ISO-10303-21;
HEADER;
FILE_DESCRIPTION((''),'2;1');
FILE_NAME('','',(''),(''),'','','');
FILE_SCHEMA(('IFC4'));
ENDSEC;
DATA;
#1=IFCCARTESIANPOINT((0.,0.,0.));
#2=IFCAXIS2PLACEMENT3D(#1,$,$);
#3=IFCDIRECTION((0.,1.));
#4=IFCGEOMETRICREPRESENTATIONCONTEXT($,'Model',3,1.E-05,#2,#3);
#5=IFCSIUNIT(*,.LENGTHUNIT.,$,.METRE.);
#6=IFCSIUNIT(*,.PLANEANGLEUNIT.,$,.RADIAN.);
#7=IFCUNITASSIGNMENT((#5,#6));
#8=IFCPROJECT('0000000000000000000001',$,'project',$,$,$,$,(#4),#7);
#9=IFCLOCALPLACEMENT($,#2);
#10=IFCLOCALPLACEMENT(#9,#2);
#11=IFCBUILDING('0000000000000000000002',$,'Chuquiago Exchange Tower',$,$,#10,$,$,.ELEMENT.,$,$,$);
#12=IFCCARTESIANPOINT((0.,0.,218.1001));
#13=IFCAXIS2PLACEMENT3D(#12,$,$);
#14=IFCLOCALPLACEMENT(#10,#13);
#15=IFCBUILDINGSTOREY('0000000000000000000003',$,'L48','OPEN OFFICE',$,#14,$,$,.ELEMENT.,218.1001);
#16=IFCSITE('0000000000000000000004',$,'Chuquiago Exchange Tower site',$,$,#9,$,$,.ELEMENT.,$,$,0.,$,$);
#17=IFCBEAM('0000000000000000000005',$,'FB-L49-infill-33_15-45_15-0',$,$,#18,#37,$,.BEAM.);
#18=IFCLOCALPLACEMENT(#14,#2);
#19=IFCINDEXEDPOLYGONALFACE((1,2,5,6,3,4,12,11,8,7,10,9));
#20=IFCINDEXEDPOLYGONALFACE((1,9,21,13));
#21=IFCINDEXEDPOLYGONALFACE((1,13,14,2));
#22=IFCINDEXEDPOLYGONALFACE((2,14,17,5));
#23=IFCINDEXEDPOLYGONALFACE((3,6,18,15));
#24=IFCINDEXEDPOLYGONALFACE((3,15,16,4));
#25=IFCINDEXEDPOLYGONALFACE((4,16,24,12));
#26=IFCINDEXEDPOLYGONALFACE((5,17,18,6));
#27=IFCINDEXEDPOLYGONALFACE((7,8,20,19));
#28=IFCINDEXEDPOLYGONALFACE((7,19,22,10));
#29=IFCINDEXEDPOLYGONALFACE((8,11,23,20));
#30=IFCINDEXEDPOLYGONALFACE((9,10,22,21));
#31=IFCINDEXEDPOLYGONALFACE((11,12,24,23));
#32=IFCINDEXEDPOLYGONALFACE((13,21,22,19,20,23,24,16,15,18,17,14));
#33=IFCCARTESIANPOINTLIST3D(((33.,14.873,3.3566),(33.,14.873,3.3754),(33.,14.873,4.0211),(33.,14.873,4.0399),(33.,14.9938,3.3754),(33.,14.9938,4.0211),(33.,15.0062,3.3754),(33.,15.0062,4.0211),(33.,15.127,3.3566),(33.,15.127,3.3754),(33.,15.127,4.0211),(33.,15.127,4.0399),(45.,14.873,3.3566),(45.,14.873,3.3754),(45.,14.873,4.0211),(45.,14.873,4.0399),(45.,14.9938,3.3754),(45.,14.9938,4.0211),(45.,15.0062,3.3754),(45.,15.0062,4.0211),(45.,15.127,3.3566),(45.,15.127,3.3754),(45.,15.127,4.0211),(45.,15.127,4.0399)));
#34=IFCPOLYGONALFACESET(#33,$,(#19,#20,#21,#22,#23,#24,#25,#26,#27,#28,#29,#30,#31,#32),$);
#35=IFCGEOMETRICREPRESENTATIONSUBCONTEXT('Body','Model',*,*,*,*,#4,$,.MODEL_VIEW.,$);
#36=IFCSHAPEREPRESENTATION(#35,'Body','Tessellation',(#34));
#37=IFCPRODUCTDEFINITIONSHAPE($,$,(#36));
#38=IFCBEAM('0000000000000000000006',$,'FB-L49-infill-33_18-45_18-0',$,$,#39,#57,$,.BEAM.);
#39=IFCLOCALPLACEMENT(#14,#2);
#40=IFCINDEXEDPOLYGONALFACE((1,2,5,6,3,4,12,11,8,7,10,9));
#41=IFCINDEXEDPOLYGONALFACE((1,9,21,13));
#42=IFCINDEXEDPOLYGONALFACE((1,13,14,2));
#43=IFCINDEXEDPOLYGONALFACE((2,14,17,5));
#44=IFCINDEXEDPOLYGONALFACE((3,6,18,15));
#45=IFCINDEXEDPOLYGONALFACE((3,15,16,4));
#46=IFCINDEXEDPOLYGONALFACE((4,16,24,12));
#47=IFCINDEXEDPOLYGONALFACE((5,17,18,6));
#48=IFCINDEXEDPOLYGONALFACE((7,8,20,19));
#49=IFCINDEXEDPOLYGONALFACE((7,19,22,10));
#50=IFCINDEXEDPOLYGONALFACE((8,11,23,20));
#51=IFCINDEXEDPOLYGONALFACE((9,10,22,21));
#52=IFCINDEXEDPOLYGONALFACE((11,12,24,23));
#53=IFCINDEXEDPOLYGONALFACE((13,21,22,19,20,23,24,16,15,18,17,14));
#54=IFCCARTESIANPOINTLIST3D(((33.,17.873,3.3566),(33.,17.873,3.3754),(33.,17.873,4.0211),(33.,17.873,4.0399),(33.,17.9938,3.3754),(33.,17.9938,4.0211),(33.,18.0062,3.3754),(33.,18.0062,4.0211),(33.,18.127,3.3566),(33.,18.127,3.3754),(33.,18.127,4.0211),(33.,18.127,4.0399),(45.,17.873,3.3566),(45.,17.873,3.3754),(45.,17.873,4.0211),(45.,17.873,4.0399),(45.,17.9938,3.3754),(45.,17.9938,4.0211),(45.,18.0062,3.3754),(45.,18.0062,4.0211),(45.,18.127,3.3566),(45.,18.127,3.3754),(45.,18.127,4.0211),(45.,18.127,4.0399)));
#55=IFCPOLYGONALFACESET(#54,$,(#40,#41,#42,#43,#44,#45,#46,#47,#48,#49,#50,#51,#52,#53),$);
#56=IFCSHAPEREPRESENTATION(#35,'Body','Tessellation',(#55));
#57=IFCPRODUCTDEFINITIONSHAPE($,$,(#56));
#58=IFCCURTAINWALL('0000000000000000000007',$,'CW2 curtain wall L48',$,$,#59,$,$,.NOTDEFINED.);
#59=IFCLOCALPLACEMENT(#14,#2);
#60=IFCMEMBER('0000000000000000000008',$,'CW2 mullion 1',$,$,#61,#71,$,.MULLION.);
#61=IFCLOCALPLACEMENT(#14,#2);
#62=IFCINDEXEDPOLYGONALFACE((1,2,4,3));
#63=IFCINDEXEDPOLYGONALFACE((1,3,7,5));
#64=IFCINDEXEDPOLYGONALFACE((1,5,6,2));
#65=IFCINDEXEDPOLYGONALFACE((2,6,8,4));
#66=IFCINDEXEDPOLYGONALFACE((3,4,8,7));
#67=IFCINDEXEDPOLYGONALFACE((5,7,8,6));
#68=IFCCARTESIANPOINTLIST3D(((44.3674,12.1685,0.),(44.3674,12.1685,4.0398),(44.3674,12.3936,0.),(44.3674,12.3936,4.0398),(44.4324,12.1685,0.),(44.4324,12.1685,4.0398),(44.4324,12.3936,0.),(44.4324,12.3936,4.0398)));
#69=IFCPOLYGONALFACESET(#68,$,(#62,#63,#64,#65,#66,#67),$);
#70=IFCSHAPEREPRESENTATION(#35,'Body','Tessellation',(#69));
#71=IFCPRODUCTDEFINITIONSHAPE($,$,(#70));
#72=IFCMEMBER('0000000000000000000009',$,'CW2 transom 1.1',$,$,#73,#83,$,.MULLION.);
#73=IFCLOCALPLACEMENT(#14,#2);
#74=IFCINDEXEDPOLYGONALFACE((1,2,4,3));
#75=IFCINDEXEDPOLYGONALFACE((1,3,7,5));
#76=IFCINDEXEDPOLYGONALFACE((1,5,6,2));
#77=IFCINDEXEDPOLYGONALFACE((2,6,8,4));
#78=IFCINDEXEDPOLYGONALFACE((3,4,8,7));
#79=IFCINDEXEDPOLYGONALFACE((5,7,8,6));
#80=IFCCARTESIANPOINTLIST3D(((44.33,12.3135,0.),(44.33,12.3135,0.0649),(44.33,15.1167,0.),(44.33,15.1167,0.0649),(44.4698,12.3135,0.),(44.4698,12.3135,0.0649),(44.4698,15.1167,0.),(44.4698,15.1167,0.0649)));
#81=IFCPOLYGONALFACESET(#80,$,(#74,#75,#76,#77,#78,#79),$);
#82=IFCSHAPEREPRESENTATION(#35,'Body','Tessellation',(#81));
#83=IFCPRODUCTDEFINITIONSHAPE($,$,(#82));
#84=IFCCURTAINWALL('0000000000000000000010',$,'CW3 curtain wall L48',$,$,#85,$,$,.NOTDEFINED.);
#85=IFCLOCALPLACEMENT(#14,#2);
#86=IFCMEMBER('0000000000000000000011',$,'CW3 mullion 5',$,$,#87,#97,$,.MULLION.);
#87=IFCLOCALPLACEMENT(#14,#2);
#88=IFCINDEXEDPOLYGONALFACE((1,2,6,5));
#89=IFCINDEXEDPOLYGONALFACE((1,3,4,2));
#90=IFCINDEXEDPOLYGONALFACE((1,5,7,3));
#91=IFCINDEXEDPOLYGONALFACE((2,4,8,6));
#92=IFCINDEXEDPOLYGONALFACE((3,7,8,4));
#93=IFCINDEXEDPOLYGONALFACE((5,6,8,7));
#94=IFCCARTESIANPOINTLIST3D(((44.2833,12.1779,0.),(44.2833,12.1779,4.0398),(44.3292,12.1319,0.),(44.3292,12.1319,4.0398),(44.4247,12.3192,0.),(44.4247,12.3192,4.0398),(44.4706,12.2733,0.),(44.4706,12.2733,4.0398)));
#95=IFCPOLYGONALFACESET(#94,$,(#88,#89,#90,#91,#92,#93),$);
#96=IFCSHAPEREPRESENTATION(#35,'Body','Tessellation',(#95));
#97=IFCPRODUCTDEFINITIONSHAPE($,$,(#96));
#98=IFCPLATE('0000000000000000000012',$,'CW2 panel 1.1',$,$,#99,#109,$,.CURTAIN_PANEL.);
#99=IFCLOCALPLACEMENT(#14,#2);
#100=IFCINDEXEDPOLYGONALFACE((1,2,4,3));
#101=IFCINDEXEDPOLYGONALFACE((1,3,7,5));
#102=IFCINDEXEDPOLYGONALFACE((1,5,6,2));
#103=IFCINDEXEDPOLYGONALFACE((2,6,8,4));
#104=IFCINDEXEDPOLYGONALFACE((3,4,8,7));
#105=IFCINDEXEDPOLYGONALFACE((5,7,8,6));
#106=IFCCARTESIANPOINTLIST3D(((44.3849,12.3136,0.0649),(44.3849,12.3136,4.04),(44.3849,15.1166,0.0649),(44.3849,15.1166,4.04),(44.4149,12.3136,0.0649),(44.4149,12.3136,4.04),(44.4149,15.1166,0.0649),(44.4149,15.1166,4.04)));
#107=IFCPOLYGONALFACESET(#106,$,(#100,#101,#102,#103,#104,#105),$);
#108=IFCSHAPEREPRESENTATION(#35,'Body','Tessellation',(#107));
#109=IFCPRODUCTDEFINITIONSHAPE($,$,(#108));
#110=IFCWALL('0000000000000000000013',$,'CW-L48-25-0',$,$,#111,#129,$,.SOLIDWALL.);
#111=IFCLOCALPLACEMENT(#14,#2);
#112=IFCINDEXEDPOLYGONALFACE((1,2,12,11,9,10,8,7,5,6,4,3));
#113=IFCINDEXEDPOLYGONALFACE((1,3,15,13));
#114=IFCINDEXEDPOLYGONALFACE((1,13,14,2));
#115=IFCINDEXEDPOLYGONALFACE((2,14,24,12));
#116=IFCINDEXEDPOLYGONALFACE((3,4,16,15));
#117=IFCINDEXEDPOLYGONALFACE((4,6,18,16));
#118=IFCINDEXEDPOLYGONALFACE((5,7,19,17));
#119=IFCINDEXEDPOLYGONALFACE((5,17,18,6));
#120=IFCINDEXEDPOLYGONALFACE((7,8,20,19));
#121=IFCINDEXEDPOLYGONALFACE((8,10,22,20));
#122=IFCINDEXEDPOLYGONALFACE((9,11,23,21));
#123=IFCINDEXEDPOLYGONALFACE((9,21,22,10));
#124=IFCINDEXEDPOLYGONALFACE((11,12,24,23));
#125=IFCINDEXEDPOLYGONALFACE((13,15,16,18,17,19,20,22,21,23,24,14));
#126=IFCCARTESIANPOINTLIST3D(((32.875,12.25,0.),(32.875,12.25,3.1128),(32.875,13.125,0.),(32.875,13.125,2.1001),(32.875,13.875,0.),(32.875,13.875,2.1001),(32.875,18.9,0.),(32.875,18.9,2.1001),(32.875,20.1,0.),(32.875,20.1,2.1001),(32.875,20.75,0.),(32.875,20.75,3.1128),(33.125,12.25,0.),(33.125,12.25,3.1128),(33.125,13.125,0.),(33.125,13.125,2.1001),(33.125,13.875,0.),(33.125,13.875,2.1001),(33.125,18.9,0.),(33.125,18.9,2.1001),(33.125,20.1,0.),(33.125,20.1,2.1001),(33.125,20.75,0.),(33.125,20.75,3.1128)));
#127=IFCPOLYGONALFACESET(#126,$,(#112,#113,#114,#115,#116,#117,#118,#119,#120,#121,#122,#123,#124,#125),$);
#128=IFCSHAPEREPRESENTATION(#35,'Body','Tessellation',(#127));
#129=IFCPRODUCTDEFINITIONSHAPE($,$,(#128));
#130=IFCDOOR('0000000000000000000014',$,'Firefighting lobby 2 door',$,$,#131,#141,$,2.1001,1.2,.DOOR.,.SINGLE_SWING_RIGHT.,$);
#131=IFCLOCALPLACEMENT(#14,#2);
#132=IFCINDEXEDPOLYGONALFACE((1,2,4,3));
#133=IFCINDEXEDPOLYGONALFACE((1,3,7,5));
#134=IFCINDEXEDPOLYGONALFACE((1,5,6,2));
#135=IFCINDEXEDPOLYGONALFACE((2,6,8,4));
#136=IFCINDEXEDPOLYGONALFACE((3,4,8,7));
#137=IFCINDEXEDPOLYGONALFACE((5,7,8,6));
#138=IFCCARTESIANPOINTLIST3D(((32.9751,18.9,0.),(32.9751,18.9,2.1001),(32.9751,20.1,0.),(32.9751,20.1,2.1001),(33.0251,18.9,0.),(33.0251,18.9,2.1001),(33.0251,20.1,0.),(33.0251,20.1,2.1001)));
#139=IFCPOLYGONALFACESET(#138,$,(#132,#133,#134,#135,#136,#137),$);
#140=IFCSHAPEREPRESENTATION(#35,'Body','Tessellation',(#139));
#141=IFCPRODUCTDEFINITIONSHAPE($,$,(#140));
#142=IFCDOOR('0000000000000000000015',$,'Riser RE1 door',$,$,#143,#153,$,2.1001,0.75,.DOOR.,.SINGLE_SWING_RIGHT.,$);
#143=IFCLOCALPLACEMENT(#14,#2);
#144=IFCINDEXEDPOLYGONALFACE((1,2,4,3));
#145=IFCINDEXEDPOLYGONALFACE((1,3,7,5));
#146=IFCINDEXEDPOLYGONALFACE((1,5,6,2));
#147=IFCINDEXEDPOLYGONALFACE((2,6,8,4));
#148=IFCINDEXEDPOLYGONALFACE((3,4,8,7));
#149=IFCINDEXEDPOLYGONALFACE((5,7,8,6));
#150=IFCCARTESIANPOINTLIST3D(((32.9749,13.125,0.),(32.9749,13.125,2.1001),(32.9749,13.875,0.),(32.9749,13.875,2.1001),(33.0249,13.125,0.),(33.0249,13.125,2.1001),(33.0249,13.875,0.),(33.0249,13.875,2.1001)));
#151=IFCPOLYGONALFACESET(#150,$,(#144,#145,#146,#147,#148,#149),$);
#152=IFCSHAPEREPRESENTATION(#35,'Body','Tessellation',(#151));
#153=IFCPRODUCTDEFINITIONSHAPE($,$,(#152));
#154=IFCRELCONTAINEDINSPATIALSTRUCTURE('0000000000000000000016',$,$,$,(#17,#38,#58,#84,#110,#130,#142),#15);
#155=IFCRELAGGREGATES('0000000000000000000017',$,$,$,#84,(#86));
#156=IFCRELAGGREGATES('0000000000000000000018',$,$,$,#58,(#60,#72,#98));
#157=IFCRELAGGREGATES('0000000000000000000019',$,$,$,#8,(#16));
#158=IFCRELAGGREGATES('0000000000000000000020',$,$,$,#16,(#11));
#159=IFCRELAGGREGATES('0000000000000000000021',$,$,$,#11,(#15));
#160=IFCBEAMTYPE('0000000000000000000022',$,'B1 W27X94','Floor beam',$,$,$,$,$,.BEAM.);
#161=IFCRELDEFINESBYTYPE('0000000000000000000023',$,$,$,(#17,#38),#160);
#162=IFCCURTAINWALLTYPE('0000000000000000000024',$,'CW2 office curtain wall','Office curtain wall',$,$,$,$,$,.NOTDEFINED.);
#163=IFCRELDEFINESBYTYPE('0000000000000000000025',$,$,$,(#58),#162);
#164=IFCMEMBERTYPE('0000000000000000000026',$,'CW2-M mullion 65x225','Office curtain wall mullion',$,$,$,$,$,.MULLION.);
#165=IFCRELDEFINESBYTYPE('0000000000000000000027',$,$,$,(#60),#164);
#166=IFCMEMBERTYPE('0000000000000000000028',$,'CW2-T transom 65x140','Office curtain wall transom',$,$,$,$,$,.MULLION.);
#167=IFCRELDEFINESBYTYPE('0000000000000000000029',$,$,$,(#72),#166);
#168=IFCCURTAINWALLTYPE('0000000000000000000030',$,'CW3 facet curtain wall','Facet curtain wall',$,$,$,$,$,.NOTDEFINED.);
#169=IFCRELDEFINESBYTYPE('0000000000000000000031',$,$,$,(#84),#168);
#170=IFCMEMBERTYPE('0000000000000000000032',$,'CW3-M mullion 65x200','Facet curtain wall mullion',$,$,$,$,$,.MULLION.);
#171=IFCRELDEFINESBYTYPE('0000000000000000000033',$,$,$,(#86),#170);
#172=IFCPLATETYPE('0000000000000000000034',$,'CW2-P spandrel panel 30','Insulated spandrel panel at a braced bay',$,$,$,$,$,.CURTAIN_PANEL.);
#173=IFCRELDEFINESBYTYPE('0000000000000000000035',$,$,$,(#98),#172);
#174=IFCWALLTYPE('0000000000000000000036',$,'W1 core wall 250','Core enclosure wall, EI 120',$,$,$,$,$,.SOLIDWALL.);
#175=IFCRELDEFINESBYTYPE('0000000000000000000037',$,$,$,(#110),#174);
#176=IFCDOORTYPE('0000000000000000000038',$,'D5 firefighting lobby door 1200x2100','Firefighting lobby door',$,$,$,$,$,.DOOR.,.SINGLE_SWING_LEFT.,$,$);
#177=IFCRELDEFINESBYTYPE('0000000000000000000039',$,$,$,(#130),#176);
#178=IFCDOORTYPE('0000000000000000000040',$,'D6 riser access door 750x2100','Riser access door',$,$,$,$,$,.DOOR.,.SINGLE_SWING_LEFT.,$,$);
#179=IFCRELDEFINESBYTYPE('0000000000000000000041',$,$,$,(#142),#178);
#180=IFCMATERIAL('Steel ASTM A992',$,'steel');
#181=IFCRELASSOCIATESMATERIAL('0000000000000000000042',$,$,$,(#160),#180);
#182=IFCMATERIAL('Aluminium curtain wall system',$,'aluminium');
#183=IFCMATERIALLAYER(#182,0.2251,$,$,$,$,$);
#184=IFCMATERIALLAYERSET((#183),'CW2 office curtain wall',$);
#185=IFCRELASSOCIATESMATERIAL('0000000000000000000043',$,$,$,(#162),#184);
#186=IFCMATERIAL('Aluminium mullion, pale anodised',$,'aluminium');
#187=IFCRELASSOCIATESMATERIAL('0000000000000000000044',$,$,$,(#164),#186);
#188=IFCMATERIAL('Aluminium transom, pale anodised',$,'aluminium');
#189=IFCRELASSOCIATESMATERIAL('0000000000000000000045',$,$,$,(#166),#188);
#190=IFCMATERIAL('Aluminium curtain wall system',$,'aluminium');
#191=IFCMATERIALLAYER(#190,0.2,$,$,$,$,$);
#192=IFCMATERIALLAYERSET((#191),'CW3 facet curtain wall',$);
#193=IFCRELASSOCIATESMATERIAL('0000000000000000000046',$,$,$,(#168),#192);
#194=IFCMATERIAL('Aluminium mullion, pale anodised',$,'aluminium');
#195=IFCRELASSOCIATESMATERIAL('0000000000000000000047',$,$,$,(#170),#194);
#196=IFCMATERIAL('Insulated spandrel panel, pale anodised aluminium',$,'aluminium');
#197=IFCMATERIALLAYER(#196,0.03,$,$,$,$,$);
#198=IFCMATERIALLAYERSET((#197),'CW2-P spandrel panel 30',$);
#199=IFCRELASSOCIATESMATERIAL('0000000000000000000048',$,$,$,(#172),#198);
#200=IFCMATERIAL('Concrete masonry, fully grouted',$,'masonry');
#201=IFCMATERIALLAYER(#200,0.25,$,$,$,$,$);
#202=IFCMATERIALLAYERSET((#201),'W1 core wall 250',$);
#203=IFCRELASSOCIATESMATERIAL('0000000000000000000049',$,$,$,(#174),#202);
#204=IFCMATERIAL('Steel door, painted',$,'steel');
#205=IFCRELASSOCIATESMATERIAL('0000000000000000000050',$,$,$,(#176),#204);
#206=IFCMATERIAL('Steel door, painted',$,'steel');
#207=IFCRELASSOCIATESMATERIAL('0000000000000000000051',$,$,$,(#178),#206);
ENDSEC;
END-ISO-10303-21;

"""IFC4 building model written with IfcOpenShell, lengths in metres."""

from ifc_helpers import new_model, si_unit, direction, frame, frame_2d, origin, origin_2d, place, context, subcontext, project, spatial, rectangle, i_section, extrude, material, layer, layer_set, material_profile, profile_set, type_object, element, fill, aggregate, save


model = new_model("IFC4")

# Units and contexts
model_context = context("Model", 3, precision=1e-05, world=origin(), true_north=direction((0.0, 1.0)))
body_context = subcontext(model_context, "Body", "Model", "MODEL_VIEW")
ifc_project = project(units=[si_unit("LENGTHUNIT", "METRE"), si_unit("PLANEANGLEUNIT", "RADIAN")], contexts=[model_context])

# Site, building, storey
site_placement = place(None, origin())
site = spatial("IfcSite", under=ifc_project, at=site_placement, Name="Chuquiago Exchange Tower site", CompositionType="ELEMENT", RefElevation=0.0)
building_placement = place(site_placement, origin())
building = spatial("IfcBuilding", under=site, at=building_placement, Name="Chuquiago Exchange Tower", CompositionType="ELEMENT")
storey_placement = place(building_placement, frame((0.0, 0.0, 218.1001)))
storey = spatial("IfcBuildingStorey", under=building, at=storey_placement, Name="L48", Description="OPEN OFFICE", CompositionType="ELEMENT", Elevation=218.1001)

# Beams
ifc_material_1 = material(Name="Steel ASTM A992", Category="steel")
ifc_material_profile_1 = material_profile(ifc_material_1, i_section(OverallWidth=0.2539, OverallDepth=0.6833, WebThickness=0.0125, FlangeThickness=0.0188, at=origin_2d()), Name="W27X94")
ifc_profile_set_1 = profile_set([ifc_material_profile_1], Name="Steel ASTM A992")
beam_type = type_object("IfcBeamType", Name="B1 W27X94", Description="Floor beam", PredefinedType="BEAM", material=ifc_profile_set_1)
for number, where, z_axis, x_axis, name in (
    (1, (33.0, 15.0, 3.6982), (1.0, 0.0, 0.0), (0.0, 1.0, 0.0), "FB-L49-infill-33_15-45_15-0"),
    (2, (33.0, 18.0, 3.6982), (1.0, 0.0, 0.0), (0.0, 1.0, 0.0), "FB-L49-infill-33_18-45_18-0"),
):
    element("IfcBeam", number, at=place(storey_placement, frame(where, z_axis=z_axis, x_axis=x_axis)), inside=storey, type_object=beam_type, Name=name, PredefinedType="BEAM", context=body_context, shape_type="SweptSolid", body=[
        extrude(i_section(OverallWidth=0.2539, OverallDepth=0.6833, WebThickness=0.0125, FlangeThickness=0.0188, at=origin_2d()), origin(), (0.0, 0.0, 1.0), 12.0),
    ])

# Curtain wall, members
ifc_material_2 = material(Name="Aluminium curtain wall system", Category="aluminium")
ifc_layer_1 = layer(ifc_material_2, 0.2251)
ifc_layer_set_1 = layer_set([ifc_layer_1], Name="CW2 office curtain wall")
curtain_wall_type_1 = type_object("IfcCurtainWallType", Name="CW2 office curtain wall", Description="Office curtain wall", PredefinedType="NOTDEFINED", material=ifc_layer_set_1)
curtain_wall_1_placement = place(storey_placement, origin())
curtain_wall_1 = element("IfcCurtainWall", 3, at=curtain_wall_1_placement, inside=storey, type_object=curtain_wall_type_1, Name="CW2 curtain wall L48", PredefinedType="NOTDEFINED")
ifc_material_3 = material(Name="Aluminium mullion, pale anodised", Category="aluminium")
ifc_material_profile_2 = material_profile(ifc_material_3, rectangle(XDim=0.0649, YDim=0.2251, at=origin_2d()), Name="AL 65x225")
ifc_profile_set_2 = profile_set([ifc_material_profile_2], Name="Aluminium mullion, pale anodised")
member_type_1 = type_object("IfcMemberType", Name="CW2-M mullion 65x225", Description="Office curtain wall mullion", PredefinedType="MULLION", material=ifc_profile_set_2)
member_1_placement = place(storey_placement, frame((44.3999, 12.281, 0.0), z_axis=(0.0, 0.0, 1.0), x_axis=(-1.0, 0.0, 0.0)))
member_1 = element("IfcMember", 4, at=member_1_placement, type_object=member_type_1, Name="CW2 mullion 1", PredefinedType="MULLION", context=body_context, shape_type="SweptSolid", body=[
    extrude(rectangle(XDim=0.0649, YDim=0.2251, at=origin_2d()), origin(), (0.0, 0.0, 1.0), 4.0398),
])
ifc_material_4 = material(Name="Aluminium transom, pale anodised", Category="aluminium")
ifc_material_profile_3 = material_profile(ifc_material_4, rectangle(XDim=0.1399, YDim=0.0649, at=origin_2d()), Name="AL 140x65")
ifc_profile_set_3 = profile_set([ifc_material_profile_3], Name="Aluminium transom, pale anodised")
member_type_2 = type_object("IfcMemberType", Name="CW2-T transom 65x140", Description="Office curtain wall transom", PredefinedType="MULLION", material=ifc_profile_set_3)
member_2_placement = place(storey_placement, frame((44.3999, 12.3135, 0.0325), z_axis=(0.0, 1.0, 0.0), x_axis=(-1.0, 0.0, 0.0)))
member_2 = element("IfcMember", 5, at=member_2_placement, type_object=member_type_2, Name="CW2 transom 1.1", PredefinedType="MULLION", context=body_context, shape_type="SweptSolid", body=[
    extrude(rectangle(XDim=0.1399, YDim=0.0649, at=origin_2d()), origin(), (0.0, 0.0, 1.0), 2.8032),
])

# Curtain wall, member
ifc_material_5 = material(Name="Aluminium curtain wall system", Category="aluminium")
ifc_layer_2 = layer(ifc_material_5, 0.2)
ifc_layer_set_2 = layer_set([ifc_layer_2], Name="CW3 facet curtain wall")
curtain_wall_type_2 = type_object("IfcCurtainWallType", Name="CW3 facet curtain wall", Description="Facet curtain wall", PredefinedType="NOTDEFINED", material=ifc_layer_set_2)
curtain_wall_2_placement = place(storey_placement, origin())
curtain_wall_2 = element("IfcCurtainWall", 6, at=curtain_wall_2_placement, inside=storey, type_object=curtain_wall_type_2, Name="CW3 curtain wall L48", PredefinedType="NOTDEFINED")
ifc_material_6 = material(Name="Aluminium mullion, pale anodised", Category="aluminium")
ifc_material_profile_4 = material_profile(ifc_material_6, rectangle(XDim=0.0649, YDim=0.2, at=origin_2d()), Name="AL 65x200")
ifc_profile_set_4 = profile_set([ifc_material_profile_4], Name="Aluminium mullion, pale anodised")
member_type_3 = type_object("IfcMemberType", Name="CW3-M mullion 65x200", Description="Facet curtain wall mullion", PredefinedType="MULLION", material=ifc_profile_set_4)
member_3_placement = place(storey_placement, frame((44.377, 12.2256, 0.0), z_axis=(0.0, 0.0, 1.0), x_axis=(-0.707107, 0.707107, 0.0)))
member_3 = element("IfcMember", 7, at=member_3_placement, type_object=member_type_3, Name="CW3 mullion 5", PredefinedType="MULLION", context=body_context, shape_type="SweptSolid", body=[
    extrude(rectangle(XDim=0.0649, YDim=0.2, at=origin_2d()), origin(), (0.0, 0.0, 1.0), 4.0398),
])
aggregate(curtain_wall_2, [member_3])

# Plate
ifc_material_7 = material(Name="Insulated spandrel panel, pale anodised aluminium", Category="aluminium")
ifc_layer_3 = layer(ifc_material_7, 0.03)
ifc_layer_set_3 = layer_set([ifc_layer_3], Name="CW2-P spandrel panel 30")
plate_type = type_object("IfcPlateType", Name="CW2-P spandrel panel 30", Description="Insulated spandrel panel at a braced bay", PredefinedType="CURTAIN_PANEL", material=ifc_layer_set_3)
plate_placement = place(storey_placement, frame((44.3999, 13.7151, 0.0649), z_axis=(0.0, 0.0, 1.0), x_axis=(0.0, 1.0, 0.0)))
plate = element("IfcPlate", 8, at=plate_placement, type_object=plate_type, Name="CW2 panel 1.1", PredefinedType="CURTAIN_PANEL", context=body_context, shape_type="SweptSolid", body=[
    extrude(rectangle(XDim=2.803, YDim=0.03, at=origin_2d()), origin(), (0.0, 0.0, 1.0), 3.9751),
])
aggregate(curtain_wall_1, [member_1, member_2, plate])

# Wall, openings, doors
ifc_material_8 = material(Name="Concrete masonry, fully grouted", Category="masonry")
ifc_layer_4 = layer(ifc_material_8, 0.25)
ifc_layer_set_4 = layer_set([ifc_layer_4], Name="W1 core wall 250")
wall_type_1 = type_object("IfcWallType", Name="W1 core wall 250", Description="Core enclosure wall, EI 120", PredefinedType="SOLIDWALL", material=ifc_layer_set_4)
wall_1_placement = place(storey_placement, frame((33.0, 12.25, 0.0), z_axis=(0.0, 0.0, 1.0), x_axis=(0.0, 1.0, 0.0)))
wall_1 = element("IfcWall", 9, at=wall_1_placement, inside=storey, type_object=wall_type_1, Name="CW-L48-25-0", PredefinedType="SOLIDWALL", context=body_context, shape_type="SweptSolid", body=[
    extrude(rectangle(XDim=8.5, YDim=0.25, at=frame_2d((4.25, 0.0))), origin(), (0.0, 0.0, 1.0), 3.1128),
])
opening_1_placement = place(wall_1_placement, frame((6.6499, 0.0, 0.0)))
opening_1 = element("IfcOpeningElement", 10, at=opening_1_placement, cuts=wall_1, PredefinedType="OPENING", context=body_context, shape_type="SweptSolid", body=[
    extrude(rectangle(XDim=1.2, YDim=2.1001, at=frame_2d((0.6001, 1.05))), frame((0.0, 0.135, 0.0), z_axis=(0.0, -1.0, 0.0), x_axis=(1.0, 0.0, 0.0)), (0.0, 0.0, 1.0), 0.27),
])
opening_2_placement = place(wall_1_placement, frame((0.875, 0.0, 0.0)))
opening_2 = element("IfcOpeningElement", 11, at=opening_2_placement, cuts=wall_1, PredefinedType="OPENING", context=body_context, shape_type="SweptSolid", body=[
    extrude(rectangle(XDim=0.75, YDim=2.1001, at=frame_2d((0.375, 1.05))), frame((0.0, 0.135, 0.0), z_axis=(0.0, -1.0, 0.0), x_axis=(1.0, 0.0, 0.0)), (0.0, 0.0, 1.0), 0.27),
])
ifc_material_9 = material(Name="Steel door, painted", Category="steel")
door_type_1 = type_object("IfcDoorType", Name="D5 firefighting lobby door 1200x2100", Description="Firefighting lobby door", OperationType="SINGLE_SWING_LEFT", PredefinedType="DOOR", material=ifc_material_9)
door_1_placement = place(opening_1_placement, origin())
door_1 = element("IfcDoor", 12, at=door_1_placement, inside=storey, type_object=door_type_1, Name="Firefighting lobby 2 door", OperationType="SINGLE_SWING_RIGHT", OverallHeight=2.1001, OverallWidth=1.2, PredefinedType="DOOR", context=body_context, shape_type="SweptSolid", body=[
    extrude(rectangle(XDim=1.2, YDim=2.1001, at=frame_2d((0.6001, 1.05))), frame((0.0, 0.0249, 0.0), z_axis=(0.0, -1.0, 0.0), x_axis=(1.0, 0.0, 0.0)), (0.0, 0.0, 1.0), 0.05),
])
fill(opening_1, door_1)
ifc_material_10 = material(Name="Steel door, painted", Category="steel")
door_type_2 = type_object("IfcDoorType", Name="D6 riser access door 750x2100", Description="Riser access door", OperationType="SINGLE_SWING_LEFT", PredefinedType="DOOR", material=ifc_material_10)
door_2_placement = place(opening_2_placement, frame((0.75, 0.0, 0.0), z_axis=(0.0, 0.0, 1.0), x_axis=(-1.0, 0.0, 0.0)))
door_2 = element("IfcDoor", 13, at=door_2_placement, inside=storey, type_object=door_type_2, Name="Riser RE1 door", OperationType="SINGLE_SWING_RIGHT", OverallHeight=2.1001, OverallWidth=0.75, PredefinedType="DOOR", context=body_context, shape_type="SweptSolid", body=[
    extrude(rectangle(XDim=0.75, YDim=2.1001, at=frame_2d((0.375, 1.05))), frame((0.0, 0.0249, 0.0), z_axis=(0.0, -1.0, 0.0), x_axis=(1.0, 0.0, 0.0)), (0.0, 0.0, 1.0), 0.05),
])
fill(opening_2, door_2)

save(model, "model.ifc")
